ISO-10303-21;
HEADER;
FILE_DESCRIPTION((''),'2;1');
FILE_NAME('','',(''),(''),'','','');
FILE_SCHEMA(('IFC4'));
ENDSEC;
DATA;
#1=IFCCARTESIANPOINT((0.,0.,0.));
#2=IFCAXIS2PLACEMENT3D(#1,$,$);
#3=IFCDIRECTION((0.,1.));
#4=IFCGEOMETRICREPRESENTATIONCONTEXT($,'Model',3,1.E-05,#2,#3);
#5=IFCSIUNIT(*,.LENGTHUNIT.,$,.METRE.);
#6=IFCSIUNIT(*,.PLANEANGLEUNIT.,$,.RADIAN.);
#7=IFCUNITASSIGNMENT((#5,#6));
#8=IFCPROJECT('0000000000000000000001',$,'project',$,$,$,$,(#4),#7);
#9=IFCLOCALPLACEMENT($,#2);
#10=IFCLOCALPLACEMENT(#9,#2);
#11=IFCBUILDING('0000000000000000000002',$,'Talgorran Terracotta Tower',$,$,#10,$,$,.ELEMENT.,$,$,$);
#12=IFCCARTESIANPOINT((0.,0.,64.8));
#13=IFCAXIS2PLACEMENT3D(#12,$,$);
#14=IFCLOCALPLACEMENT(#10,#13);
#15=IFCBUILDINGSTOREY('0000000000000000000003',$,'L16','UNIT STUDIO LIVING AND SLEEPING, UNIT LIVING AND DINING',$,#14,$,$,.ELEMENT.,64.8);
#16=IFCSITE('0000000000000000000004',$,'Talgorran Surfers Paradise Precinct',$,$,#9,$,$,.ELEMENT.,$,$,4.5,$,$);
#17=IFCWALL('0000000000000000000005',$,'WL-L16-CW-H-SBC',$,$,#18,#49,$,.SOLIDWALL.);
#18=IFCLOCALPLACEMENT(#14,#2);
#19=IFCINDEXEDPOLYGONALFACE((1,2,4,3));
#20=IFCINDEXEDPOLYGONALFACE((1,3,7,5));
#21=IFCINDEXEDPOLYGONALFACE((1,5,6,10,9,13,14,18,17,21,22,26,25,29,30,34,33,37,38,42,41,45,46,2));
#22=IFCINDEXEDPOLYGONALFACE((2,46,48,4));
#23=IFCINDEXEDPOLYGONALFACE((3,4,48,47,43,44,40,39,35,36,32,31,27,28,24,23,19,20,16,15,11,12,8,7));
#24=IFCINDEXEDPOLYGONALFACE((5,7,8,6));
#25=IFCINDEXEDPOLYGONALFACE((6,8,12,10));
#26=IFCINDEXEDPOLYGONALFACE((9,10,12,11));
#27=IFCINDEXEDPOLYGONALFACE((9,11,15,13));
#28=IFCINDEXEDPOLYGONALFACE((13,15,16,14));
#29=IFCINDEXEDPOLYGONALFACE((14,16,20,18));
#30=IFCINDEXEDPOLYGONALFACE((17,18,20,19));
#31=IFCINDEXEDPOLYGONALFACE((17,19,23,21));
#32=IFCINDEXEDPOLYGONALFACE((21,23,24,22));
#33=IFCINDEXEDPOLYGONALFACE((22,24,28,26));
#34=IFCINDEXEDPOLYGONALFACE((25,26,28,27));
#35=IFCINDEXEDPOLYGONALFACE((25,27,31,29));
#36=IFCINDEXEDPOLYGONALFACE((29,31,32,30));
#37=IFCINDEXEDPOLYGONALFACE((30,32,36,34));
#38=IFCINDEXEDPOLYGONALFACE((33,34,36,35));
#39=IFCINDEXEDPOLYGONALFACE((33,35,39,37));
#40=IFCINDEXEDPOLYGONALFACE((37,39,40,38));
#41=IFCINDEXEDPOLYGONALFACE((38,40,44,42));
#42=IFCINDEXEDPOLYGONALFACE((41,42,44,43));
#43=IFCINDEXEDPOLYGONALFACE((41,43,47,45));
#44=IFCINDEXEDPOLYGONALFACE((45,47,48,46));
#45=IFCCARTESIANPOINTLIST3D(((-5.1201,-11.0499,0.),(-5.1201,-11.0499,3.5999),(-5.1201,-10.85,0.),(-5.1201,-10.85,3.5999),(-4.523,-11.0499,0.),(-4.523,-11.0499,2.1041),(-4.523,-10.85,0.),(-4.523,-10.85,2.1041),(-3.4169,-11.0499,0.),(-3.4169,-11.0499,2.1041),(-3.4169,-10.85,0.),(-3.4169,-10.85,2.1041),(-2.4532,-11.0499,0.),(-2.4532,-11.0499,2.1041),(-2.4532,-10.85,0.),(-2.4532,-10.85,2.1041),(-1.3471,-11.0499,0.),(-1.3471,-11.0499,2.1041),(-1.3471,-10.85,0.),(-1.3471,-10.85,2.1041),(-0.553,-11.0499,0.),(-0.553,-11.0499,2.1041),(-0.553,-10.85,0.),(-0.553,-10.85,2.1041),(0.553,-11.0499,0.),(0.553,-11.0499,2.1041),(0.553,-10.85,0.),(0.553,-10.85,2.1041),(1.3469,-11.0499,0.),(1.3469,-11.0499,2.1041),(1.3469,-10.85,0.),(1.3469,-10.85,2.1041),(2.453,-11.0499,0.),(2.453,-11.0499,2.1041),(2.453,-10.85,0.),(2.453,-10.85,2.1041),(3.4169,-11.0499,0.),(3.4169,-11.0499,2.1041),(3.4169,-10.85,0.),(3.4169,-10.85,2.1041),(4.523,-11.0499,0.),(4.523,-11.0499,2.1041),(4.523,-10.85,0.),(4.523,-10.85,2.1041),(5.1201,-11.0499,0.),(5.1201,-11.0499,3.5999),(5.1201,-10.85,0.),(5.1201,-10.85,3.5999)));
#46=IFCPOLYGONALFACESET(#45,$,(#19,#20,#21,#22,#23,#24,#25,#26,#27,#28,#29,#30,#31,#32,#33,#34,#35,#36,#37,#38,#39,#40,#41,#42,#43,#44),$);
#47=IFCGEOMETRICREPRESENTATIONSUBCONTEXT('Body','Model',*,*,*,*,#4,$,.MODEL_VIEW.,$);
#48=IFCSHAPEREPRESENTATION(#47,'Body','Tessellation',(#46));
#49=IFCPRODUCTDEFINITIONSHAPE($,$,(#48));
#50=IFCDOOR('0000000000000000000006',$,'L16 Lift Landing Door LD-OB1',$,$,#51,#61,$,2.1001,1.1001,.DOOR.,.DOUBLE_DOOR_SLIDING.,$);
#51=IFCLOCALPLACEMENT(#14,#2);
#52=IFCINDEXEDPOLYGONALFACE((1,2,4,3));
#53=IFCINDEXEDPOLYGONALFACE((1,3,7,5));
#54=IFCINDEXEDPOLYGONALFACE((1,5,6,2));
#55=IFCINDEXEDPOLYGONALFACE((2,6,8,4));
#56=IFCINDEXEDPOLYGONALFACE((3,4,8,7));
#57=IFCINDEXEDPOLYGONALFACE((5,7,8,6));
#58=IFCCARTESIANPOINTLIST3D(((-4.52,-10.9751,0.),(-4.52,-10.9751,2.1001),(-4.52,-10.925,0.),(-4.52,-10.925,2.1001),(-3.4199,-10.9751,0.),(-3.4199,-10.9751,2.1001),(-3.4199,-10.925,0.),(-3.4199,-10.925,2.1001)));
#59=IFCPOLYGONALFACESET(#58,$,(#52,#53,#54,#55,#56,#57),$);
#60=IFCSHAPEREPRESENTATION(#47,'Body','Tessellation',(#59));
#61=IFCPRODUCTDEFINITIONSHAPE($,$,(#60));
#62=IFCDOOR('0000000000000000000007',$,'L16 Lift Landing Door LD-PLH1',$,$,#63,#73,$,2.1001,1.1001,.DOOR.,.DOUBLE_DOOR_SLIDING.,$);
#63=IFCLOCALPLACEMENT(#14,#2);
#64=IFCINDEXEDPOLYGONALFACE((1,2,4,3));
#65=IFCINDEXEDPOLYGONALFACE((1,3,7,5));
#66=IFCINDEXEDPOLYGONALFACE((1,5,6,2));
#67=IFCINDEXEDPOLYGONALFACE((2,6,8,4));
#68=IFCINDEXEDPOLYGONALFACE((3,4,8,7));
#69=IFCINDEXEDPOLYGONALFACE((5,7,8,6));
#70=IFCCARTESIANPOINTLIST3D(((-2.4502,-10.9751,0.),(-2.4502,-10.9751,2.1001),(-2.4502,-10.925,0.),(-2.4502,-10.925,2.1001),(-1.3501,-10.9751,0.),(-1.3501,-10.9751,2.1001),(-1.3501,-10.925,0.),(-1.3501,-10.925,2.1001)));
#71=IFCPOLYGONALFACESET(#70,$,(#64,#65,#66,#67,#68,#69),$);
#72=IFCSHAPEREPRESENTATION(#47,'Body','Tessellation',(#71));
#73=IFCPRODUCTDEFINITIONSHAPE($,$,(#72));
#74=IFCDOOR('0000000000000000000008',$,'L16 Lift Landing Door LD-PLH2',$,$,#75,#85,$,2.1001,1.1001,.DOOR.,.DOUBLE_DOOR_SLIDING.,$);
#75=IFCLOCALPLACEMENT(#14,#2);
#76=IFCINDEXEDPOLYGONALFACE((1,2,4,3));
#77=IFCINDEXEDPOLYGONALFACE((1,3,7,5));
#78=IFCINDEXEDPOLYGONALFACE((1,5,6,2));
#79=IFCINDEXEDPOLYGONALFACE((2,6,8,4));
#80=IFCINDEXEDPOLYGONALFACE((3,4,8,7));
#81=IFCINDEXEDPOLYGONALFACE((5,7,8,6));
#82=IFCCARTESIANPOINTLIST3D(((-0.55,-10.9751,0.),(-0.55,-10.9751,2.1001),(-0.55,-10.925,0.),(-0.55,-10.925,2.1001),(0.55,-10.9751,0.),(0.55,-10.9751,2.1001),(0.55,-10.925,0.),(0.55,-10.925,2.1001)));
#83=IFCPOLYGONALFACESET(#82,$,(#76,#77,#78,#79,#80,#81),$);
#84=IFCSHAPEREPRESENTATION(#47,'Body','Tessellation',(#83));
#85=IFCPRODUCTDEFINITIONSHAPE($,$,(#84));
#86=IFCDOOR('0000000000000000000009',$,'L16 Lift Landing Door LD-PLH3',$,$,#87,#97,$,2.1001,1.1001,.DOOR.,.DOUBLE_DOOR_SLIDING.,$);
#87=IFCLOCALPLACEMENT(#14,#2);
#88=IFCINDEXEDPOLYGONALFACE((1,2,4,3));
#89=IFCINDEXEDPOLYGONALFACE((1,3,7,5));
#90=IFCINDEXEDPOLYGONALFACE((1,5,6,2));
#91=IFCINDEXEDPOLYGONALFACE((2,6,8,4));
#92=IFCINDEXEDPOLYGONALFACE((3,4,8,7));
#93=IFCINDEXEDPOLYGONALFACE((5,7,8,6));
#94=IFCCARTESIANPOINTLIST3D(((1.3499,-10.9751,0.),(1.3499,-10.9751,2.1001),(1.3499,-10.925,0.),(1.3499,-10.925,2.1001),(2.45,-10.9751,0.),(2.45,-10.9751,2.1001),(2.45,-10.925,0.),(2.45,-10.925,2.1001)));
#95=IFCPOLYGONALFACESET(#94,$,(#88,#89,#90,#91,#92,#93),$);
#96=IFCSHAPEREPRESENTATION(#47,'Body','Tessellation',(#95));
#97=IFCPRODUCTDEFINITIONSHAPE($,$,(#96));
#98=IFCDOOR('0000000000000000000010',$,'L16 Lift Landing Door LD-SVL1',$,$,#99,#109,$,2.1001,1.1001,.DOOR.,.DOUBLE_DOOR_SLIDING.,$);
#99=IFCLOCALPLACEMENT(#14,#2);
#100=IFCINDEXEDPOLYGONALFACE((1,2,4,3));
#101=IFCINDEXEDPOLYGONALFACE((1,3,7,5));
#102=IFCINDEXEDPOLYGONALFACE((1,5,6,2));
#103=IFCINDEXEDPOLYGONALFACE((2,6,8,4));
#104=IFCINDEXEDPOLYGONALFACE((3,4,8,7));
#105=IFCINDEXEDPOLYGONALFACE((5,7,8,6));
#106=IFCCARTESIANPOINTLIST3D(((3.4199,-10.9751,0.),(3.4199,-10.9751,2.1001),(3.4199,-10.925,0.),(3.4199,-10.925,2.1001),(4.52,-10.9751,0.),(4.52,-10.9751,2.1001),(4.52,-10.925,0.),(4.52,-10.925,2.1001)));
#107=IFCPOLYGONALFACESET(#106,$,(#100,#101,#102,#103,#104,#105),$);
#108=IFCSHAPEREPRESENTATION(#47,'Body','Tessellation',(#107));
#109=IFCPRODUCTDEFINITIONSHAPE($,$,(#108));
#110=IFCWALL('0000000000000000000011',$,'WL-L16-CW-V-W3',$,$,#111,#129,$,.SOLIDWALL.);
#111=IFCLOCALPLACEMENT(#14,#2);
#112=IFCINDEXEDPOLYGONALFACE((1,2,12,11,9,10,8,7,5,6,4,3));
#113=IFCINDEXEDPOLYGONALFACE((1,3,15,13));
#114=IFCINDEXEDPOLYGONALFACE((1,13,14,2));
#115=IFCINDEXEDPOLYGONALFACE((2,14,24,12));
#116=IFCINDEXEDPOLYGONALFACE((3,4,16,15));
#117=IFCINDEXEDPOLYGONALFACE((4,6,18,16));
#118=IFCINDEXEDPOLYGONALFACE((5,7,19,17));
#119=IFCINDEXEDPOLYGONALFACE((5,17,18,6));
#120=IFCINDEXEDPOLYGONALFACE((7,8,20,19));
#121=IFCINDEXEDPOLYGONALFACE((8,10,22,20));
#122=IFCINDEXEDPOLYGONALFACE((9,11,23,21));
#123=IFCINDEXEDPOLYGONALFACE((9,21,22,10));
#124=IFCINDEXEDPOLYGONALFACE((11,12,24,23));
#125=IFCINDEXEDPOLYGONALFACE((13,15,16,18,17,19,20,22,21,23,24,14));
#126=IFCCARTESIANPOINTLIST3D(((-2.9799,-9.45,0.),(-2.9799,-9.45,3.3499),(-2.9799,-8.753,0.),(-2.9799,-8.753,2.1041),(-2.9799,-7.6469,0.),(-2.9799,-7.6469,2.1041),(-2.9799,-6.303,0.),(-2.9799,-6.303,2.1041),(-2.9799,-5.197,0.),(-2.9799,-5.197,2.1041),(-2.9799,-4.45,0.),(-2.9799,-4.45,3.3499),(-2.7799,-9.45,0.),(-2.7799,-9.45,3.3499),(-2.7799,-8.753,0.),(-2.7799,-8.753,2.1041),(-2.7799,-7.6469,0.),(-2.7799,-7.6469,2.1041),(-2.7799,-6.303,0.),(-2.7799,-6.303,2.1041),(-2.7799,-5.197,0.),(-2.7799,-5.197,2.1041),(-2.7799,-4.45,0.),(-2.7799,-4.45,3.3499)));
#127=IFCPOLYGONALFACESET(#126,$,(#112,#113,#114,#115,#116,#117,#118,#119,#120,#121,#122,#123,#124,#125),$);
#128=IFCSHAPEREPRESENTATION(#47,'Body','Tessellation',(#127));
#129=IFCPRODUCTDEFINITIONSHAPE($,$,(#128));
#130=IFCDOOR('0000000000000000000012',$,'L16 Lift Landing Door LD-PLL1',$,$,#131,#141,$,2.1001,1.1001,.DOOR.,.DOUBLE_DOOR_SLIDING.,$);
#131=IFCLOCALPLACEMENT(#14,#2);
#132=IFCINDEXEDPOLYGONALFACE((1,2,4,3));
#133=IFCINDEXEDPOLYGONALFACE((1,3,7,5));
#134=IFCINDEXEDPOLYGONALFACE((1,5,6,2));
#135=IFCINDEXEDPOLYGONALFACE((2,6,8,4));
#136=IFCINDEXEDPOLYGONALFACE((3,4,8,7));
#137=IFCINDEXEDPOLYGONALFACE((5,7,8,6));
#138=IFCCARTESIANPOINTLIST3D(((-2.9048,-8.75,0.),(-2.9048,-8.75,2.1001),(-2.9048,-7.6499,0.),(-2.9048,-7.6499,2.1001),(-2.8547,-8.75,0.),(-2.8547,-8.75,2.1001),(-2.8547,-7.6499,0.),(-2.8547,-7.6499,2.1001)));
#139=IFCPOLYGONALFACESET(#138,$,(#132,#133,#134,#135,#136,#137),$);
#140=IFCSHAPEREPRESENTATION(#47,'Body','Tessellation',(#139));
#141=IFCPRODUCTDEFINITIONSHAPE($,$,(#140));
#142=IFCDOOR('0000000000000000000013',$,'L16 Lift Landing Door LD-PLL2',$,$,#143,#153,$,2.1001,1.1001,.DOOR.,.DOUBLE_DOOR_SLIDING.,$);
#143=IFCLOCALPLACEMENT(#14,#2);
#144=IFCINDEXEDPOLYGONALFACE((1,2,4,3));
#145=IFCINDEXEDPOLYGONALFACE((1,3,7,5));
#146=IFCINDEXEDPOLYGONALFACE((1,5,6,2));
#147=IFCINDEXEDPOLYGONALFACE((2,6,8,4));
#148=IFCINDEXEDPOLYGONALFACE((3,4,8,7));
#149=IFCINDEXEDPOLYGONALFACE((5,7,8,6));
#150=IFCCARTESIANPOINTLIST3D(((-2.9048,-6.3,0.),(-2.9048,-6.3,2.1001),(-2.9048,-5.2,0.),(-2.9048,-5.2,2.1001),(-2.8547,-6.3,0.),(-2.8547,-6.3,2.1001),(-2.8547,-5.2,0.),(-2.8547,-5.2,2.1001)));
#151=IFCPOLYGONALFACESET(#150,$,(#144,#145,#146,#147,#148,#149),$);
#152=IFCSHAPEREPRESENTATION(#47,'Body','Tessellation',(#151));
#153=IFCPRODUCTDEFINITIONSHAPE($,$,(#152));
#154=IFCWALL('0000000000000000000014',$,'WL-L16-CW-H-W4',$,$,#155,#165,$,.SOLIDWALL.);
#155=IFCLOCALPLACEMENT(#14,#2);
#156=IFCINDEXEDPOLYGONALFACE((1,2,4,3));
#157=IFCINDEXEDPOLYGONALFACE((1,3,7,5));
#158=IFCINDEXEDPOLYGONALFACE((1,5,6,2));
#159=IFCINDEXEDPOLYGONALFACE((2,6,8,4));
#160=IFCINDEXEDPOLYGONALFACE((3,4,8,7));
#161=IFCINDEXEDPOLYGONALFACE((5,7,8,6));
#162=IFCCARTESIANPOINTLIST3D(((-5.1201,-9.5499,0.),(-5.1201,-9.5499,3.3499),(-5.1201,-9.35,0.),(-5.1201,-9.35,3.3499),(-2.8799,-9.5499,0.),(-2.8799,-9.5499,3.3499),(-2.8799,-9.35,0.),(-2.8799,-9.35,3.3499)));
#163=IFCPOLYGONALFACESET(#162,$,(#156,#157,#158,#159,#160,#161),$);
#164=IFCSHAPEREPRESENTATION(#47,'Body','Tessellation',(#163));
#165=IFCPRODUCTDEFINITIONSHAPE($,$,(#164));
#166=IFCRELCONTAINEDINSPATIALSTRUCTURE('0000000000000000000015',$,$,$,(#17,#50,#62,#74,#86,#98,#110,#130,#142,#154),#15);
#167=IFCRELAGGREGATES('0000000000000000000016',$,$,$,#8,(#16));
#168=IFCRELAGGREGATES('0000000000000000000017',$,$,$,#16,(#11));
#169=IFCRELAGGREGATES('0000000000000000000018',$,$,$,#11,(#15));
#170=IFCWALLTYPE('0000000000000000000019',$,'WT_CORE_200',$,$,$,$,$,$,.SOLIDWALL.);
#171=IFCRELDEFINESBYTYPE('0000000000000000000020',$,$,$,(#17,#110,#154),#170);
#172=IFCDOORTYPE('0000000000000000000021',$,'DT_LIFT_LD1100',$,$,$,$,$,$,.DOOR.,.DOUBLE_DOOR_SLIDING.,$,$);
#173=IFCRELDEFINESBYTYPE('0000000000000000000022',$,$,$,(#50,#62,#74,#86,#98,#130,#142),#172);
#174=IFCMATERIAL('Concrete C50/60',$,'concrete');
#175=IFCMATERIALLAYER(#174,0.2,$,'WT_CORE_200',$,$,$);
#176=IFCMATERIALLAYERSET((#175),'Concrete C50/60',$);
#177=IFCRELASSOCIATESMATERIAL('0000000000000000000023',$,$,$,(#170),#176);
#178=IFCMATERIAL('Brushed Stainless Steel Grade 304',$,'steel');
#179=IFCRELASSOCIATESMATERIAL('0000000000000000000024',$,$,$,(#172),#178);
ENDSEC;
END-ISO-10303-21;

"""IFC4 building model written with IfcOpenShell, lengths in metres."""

from ifc_helpers import new_model, si_unit, direction, frame, frame_2d, origin, place, context, subcontext, project, spatial, rectangle, extrude, material, layer, layer_set, type_object, element, fill, save


model = new_model("IFC4")

# Units and contexts
model_context = context("Model", 3, precision=1e-05, world=origin(), true_north=direction((0.0, 1.0)))
body_context = subcontext(model_context, "Body", "Model", "MODEL_VIEW")
ifc_project = project(units=[si_unit("LENGTHUNIT", "METRE"), si_unit("PLANEANGLEUNIT", "RADIAN")], contexts=[model_context])

# Site, building, storey
site_placement = place(None, origin())
site = spatial("IfcSite", under=ifc_project, at=site_placement, Name="Talgorran Surfers Paradise Precinct", CompositionType="ELEMENT", RefElevation=4.5)
building_placement = place(site_placement, origin())
building = spatial("IfcBuilding", under=site, at=building_placement, Name="Talgorran Terracotta Tower", CompositionType="ELEMENT")
storey_placement = place(building_placement, frame((0.0, 0.0, 64.8)))
storey = spatial("IfcBuildingStorey", under=building, at=storey_placement, Name="L16", Description="UNIT STUDIO LIVING AND SLEEPING, UNIT LIVING AND DINING", CompositionType="ELEMENT", Elevation=64.8)

# Shared definitions
ifc_material_1 = material(Name="Concrete C50/60", Category="concrete")
ifc_layer_1 = layer(ifc_material_1, 0.2, Name="WT_CORE_200")
ifc_layer_set_1 = layer_set([ifc_layer_1], Name="Concrete C50/60")
wall_type_1 = type_object("IfcWallType", Name="WT_CORE_200", PredefinedType="SOLIDWALL", material=ifc_layer_set_1)

# Walls, openings, doors
ifc_material_2 = material(Name="Brushed Stainless Steel Grade 304", Category="steel")
door_type_1 = type_object("IfcDoorType", Name="DT_LIFT_LD1100", OperationType="DOUBLE_DOOR_SLIDING", PredefinedType="DOOR", material=ifc_material_2)
wall_1_placement = place(storey_placement, frame((-5.1201, -10.95, 0.0), z_axis=(0.0, 0.0, 1.0), x_axis=(1.0, 0.0, 0.0)))
wall_1 = element("IfcWall", 1, at=wall_1_placement, inside=storey, type_object=wall_type_1, Name="WL-L16-CW-H-SBC", PredefinedType="SOLIDWALL", context=body_context, shape_type="SweptSolid", body=[
    extrude(rectangle(XDim=10.2402, YDim=0.2, at=frame_2d((5.1201, 0.0))), origin(), (0.0, 0.0, 1.0), 3.5999),
])
opening_1_placement = place(wall_1_placement, frame((0.6001, 0.0, 0.0)))
opening_1 = element("IfcOpeningElement", 2, at=opening_1_placement, cuts=wall_1, PredefinedType="OPENING", context=body_context, shape_type="SweptSolid", body=[
    extrude(rectangle(XDim=1.1061, YDim=2.1041, at=frame_2d((0.55, 1.052))), frame((0.0, 0.1099, 0.0), z_axis=(0.0, -1.0, 0.0), x_axis=(1.0, 0.0, 0.0)), (0.0, 0.0, 1.0), 0.22),
])
opening_2_placement = place(wall_1_placement, frame((2.6699, 0.0, 0.0)))
opening_2 = element("IfcOpeningElement", 3, at=opening_2_placement, cuts=wall_1, PredefinedType="OPENING", context=body_context, shape_type="SweptSolid", body=[
    extrude(rectangle(XDim=1.1061, YDim=2.1041, at=frame_2d((0.55, 1.052))), frame((0.0, 0.1099, 0.0), z_axis=(0.0, -1.0, 0.0), x_axis=(1.0, 0.0, 0.0)), (0.0, 0.0, 1.0), 0.22),
])
opening_3_placement = place(wall_1_placement, frame((4.5701, 0.0, 0.0)))
opening_3 = element("IfcOpeningElement", 4, at=opening_3_placement, cuts=wall_1, PredefinedType="OPENING", context=body_context, shape_type="SweptSolid", body=[
    extrude(rectangle(XDim=1.1061, YDim=2.1041, at=frame_2d((0.55, 1.052))), frame((0.0, 0.1099, 0.0), z_axis=(0.0, -1.0, 0.0), x_axis=(1.0, 0.0, 0.0)), (0.0, 0.0, 1.0), 0.22),
])
opening_4_placement = place(wall_1_placement, frame((6.47, 0.0, 0.0)))
opening_4 = element("IfcOpeningElement", 5, at=opening_4_placement, cuts=wall_1, PredefinedType="OPENING", context=body_context, shape_type="SweptSolid", body=[
    extrude(rectangle(XDim=1.1061, YDim=2.1041, at=frame_2d((0.55, 1.052))), frame((0.0, 0.1099, 0.0), z_axis=(0.0, -1.0, 0.0), x_axis=(1.0, 0.0, 0.0)), (0.0, 0.0, 1.0), 0.22),
])
opening_5_placement = place(wall_1_placement, frame((8.54, 0.0, 0.0)))
opening_5 = element("IfcOpeningElement", 6, at=opening_5_placement, cuts=wall_1, PredefinedType="OPENING", context=body_context, shape_type="SweptSolid", body=[
    extrude(rectangle(XDim=1.1061, YDim=2.1041, at=frame_2d((0.55, 1.052))), frame((0.0, 0.1099, 0.0), z_axis=(0.0, -1.0, 0.0), x_axis=(1.0, 0.0, 0.0)), (0.0, 0.0, 1.0), 0.22),
])
door_1_placement = place(opening_1_placement, origin())
door_1 = element("IfcDoor", 7, at=door_1_placement, inside=storey, type_object=door_type_1, Name="L16 Lift Landing Door LD-OB1", OperationType="DOUBLE_DOOR_SLIDING", OverallHeight=2.1001, OverallWidth=1.1001, PredefinedType="DOOR", context=body_context, shape_type="SweptSolid", body=[
    extrude(rectangle(XDim=1.1001, YDim=2.1001, at=frame_2d((0.55, 1.05))), frame((0.0, 0.0249, 0.0), z_axis=(0.0, -1.0, 0.0), x_axis=(1.0, 0.0, 0.0)), (0.0, 0.0, 1.0), 0.05),
])
fill(opening_1, door_1)
door_2_placement = place(opening_2_placement, origin())
door_2 = element("IfcDoor", 8, at=door_2_placement, inside=storey, type_object=door_type_1, Name="L16 Lift Landing Door LD-PLH1", OperationType="DOUBLE_DOOR_SLIDING", OverallHeight=2.1001, OverallWidth=1.1001, PredefinedType="DOOR", context=body_context, shape_type="SweptSolid", body=[
    extrude(rectangle(XDim=1.1001, YDim=2.1001, at=frame_2d((0.55, 1.05))), frame((0.0, 0.0249, 0.0), z_axis=(0.0, -1.0, 0.0), x_axis=(1.0, 0.0, 0.0)), (0.0, 0.0, 1.0), 0.05),
])
fill(opening_2, door_2)
door_3_placement = place(opening_3_placement, origin())
door_3 = element("IfcDoor", 9, at=door_3_placement, inside=storey, type_object=door_type_1, Name="L16 Lift Landing Door LD-PLH2", OperationType="DOUBLE_DOOR_SLIDING", OverallHeight=2.1001, OverallWidth=1.1001, PredefinedType="DOOR", context=body_context, shape_type="SweptSolid", body=[
    extrude(rectangle(XDim=1.1001, YDim=2.1001, at=frame_2d((0.55, 1.05))), frame((0.0, 0.0249, 0.0), z_axis=(0.0, -1.0, 0.0), x_axis=(1.0, 0.0, 0.0)), (0.0, 0.0, 1.0), 0.05),
])
fill(opening_3, door_3)
door_4_placement = place(opening_4_placement, origin())
door_4 = element("IfcDoor", 10, at=door_4_placement, inside=storey, type_object=door_type_1, Name="L16 Lift Landing Door LD-PLH3", OperationType="DOUBLE_DOOR_SLIDING", OverallHeight=2.1001, OverallWidth=1.1001, PredefinedType="DOOR", context=body_context, shape_type="SweptSolid", body=[
    extrude(rectangle(XDim=1.1001, YDim=2.1001, at=frame_2d((0.55, 1.05))), frame((0.0, 0.0249, 0.0), z_axis=(0.0, -1.0, 0.0), x_axis=(1.0, 0.0, 0.0)), (0.0, 0.0, 1.0), 0.05),
])
fill(opening_4, door_4)
door_5_placement = place(opening_5_placement, origin())
door_5 = element("IfcDoor", 11, at=door_5_placement, inside=storey, type_object=door_type_1, Name="L16 Lift Landing Door LD-SVL1", OperationType="DOUBLE_DOOR_SLIDING", OverallHeight=2.1001, OverallWidth=1.1001, PredefinedType="DOOR", context=body_context, shape_type="SweptSolid", body=[
    extrude(rectangle(XDim=1.1001, YDim=2.1001, at=frame_2d((0.55, 1.05))), frame((0.0, 0.0249, 0.0), z_axis=(0.0, -1.0, 0.0), x_axis=(1.0, 0.0, 0.0)), (0.0, 0.0, 1.0), 0.05),
])
fill(opening_5, door_5)
wall_2_placement = place(storey_placement, frame((-2.8799, -9.45, 0.0), z_axis=(0.0, 0.0, 1.0), x_axis=(0.0, 1.0, 0.0)))
wall_2 = element("IfcWall", 12, at=wall_2_placement, inside=storey, type_object=wall_type_1, Name="WL-L16-CW-V-W3", PredefinedType="SOLIDWALL", context=body_context, shape_type="SweptSolid", body=[
    extrude(rectangle(XDim=5.0, YDim=0.2, at=frame_2d((2.5, 0.0))), origin(), (0.0, 0.0, 1.0), 3.3499),
])
opening_6_placement = place(wall_2_placement, frame((0.7, 0.0, 0.0)))
opening_6 = element("IfcOpeningElement", 13, at=opening_6_placement, cuts=wall_2, PredefinedType="OPENING", context=body_context, shape_type="SweptSolid", body=[
    extrude(rectangle(XDim=1.1061, YDim=2.1041, at=frame_2d((0.55, 1.052))), frame((0.0, 0.1099, 0.0), z_axis=(0.0, -1.0, 0.0), x_axis=(1.0, 0.0, 0.0)), (0.0, 0.0, 1.0), 0.22),
])
opening_7_placement = place(wall_2_placement, frame((3.1499, 0.0, 0.0)))
opening_7 = element("IfcOpeningElement", 14, at=opening_7_placement, cuts=wall_2, PredefinedType="OPENING", context=body_context, shape_type="SweptSolid", body=[
    extrude(rectangle(XDim=1.1061, YDim=2.1041, at=frame_2d((0.55, 1.052))), frame((0.0, 0.1099, 0.0), z_axis=(0.0, -1.0, 0.0), x_axis=(1.0, 0.0, 0.0)), (0.0, 0.0, 1.0), 0.22),
])
door_6_placement = place(opening_6_placement, origin())
door_6 = element("IfcDoor", 15, at=door_6_placement, inside=storey, type_object=door_type_1, Name="L16 Lift Landing Door LD-PLL1", OperationType="DOUBLE_DOOR_SLIDING", OverallHeight=2.1001, OverallWidth=1.1001, PredefinedType="DOOR", context=body_context, shape_type="SweptSolid", body=[
    extrude(rectangle(XDim=1.1001, YDim=2.1001, at=frame_2d((0.55, 1.05))), frame((0.0, 0.0249, 0.0), z_axis=(0.0, -1.0, 0.0), x_axis=(1.0, 0.0, 0.0)), (0.0, 0.0, 1.0), 0.05),
])
fill(opening_6, door_6)
door_7_placement = place(opening_7_placement, origin())
door_7 = element("IfcDoor", 16, at=door_7_placement, inside=storey, type_object=door_type_1, Name="L16 Lift Landing Door LD-PLL2", OperationType="DOUBLE_DOOR_SLIDING", OverallHeight=2.1001, OverallWidth=1.1001, PredefinedType="DOOR", context=body_context, shape_type="SweptSolid", body=[
    extrude(rectangle(XDim=1.1001, YDim=2.1001, at=frame_2d((0.55, 1.05))), frame((0.0, 0.0249, 0.0), z_axis=(0.0, -1.0, 0.0), x_axis=(1.0, 0.0, 0.0)), (0.0, 0.0, 1.0), 0.05),
])
fill(opening_7, door_7)

# Wall
wall_3_placement = place(storey_placement, frame((-5.1201, -9.45, 0.0), z_axis=(0.0, 0.0, 1.0), x_axis=(1.0, 0.0, 0.0)))
element("IfcWall", 17, at=wall_3_placement, inside=storey, type_object=wall_type_1, Name="WL-L16-CW-H-W4", PredefinedType="SOLIDWALL", context=body_context, shape_type="SweptSolid", body=[
    extrude(rectangle(XDim=2.2402, YDim=0.2, at=frame_2d((1.1201, 0.0))), origin(), (0.0, 0.0, 1.0), 3.3499),
])

save(model, "model.ifc")
